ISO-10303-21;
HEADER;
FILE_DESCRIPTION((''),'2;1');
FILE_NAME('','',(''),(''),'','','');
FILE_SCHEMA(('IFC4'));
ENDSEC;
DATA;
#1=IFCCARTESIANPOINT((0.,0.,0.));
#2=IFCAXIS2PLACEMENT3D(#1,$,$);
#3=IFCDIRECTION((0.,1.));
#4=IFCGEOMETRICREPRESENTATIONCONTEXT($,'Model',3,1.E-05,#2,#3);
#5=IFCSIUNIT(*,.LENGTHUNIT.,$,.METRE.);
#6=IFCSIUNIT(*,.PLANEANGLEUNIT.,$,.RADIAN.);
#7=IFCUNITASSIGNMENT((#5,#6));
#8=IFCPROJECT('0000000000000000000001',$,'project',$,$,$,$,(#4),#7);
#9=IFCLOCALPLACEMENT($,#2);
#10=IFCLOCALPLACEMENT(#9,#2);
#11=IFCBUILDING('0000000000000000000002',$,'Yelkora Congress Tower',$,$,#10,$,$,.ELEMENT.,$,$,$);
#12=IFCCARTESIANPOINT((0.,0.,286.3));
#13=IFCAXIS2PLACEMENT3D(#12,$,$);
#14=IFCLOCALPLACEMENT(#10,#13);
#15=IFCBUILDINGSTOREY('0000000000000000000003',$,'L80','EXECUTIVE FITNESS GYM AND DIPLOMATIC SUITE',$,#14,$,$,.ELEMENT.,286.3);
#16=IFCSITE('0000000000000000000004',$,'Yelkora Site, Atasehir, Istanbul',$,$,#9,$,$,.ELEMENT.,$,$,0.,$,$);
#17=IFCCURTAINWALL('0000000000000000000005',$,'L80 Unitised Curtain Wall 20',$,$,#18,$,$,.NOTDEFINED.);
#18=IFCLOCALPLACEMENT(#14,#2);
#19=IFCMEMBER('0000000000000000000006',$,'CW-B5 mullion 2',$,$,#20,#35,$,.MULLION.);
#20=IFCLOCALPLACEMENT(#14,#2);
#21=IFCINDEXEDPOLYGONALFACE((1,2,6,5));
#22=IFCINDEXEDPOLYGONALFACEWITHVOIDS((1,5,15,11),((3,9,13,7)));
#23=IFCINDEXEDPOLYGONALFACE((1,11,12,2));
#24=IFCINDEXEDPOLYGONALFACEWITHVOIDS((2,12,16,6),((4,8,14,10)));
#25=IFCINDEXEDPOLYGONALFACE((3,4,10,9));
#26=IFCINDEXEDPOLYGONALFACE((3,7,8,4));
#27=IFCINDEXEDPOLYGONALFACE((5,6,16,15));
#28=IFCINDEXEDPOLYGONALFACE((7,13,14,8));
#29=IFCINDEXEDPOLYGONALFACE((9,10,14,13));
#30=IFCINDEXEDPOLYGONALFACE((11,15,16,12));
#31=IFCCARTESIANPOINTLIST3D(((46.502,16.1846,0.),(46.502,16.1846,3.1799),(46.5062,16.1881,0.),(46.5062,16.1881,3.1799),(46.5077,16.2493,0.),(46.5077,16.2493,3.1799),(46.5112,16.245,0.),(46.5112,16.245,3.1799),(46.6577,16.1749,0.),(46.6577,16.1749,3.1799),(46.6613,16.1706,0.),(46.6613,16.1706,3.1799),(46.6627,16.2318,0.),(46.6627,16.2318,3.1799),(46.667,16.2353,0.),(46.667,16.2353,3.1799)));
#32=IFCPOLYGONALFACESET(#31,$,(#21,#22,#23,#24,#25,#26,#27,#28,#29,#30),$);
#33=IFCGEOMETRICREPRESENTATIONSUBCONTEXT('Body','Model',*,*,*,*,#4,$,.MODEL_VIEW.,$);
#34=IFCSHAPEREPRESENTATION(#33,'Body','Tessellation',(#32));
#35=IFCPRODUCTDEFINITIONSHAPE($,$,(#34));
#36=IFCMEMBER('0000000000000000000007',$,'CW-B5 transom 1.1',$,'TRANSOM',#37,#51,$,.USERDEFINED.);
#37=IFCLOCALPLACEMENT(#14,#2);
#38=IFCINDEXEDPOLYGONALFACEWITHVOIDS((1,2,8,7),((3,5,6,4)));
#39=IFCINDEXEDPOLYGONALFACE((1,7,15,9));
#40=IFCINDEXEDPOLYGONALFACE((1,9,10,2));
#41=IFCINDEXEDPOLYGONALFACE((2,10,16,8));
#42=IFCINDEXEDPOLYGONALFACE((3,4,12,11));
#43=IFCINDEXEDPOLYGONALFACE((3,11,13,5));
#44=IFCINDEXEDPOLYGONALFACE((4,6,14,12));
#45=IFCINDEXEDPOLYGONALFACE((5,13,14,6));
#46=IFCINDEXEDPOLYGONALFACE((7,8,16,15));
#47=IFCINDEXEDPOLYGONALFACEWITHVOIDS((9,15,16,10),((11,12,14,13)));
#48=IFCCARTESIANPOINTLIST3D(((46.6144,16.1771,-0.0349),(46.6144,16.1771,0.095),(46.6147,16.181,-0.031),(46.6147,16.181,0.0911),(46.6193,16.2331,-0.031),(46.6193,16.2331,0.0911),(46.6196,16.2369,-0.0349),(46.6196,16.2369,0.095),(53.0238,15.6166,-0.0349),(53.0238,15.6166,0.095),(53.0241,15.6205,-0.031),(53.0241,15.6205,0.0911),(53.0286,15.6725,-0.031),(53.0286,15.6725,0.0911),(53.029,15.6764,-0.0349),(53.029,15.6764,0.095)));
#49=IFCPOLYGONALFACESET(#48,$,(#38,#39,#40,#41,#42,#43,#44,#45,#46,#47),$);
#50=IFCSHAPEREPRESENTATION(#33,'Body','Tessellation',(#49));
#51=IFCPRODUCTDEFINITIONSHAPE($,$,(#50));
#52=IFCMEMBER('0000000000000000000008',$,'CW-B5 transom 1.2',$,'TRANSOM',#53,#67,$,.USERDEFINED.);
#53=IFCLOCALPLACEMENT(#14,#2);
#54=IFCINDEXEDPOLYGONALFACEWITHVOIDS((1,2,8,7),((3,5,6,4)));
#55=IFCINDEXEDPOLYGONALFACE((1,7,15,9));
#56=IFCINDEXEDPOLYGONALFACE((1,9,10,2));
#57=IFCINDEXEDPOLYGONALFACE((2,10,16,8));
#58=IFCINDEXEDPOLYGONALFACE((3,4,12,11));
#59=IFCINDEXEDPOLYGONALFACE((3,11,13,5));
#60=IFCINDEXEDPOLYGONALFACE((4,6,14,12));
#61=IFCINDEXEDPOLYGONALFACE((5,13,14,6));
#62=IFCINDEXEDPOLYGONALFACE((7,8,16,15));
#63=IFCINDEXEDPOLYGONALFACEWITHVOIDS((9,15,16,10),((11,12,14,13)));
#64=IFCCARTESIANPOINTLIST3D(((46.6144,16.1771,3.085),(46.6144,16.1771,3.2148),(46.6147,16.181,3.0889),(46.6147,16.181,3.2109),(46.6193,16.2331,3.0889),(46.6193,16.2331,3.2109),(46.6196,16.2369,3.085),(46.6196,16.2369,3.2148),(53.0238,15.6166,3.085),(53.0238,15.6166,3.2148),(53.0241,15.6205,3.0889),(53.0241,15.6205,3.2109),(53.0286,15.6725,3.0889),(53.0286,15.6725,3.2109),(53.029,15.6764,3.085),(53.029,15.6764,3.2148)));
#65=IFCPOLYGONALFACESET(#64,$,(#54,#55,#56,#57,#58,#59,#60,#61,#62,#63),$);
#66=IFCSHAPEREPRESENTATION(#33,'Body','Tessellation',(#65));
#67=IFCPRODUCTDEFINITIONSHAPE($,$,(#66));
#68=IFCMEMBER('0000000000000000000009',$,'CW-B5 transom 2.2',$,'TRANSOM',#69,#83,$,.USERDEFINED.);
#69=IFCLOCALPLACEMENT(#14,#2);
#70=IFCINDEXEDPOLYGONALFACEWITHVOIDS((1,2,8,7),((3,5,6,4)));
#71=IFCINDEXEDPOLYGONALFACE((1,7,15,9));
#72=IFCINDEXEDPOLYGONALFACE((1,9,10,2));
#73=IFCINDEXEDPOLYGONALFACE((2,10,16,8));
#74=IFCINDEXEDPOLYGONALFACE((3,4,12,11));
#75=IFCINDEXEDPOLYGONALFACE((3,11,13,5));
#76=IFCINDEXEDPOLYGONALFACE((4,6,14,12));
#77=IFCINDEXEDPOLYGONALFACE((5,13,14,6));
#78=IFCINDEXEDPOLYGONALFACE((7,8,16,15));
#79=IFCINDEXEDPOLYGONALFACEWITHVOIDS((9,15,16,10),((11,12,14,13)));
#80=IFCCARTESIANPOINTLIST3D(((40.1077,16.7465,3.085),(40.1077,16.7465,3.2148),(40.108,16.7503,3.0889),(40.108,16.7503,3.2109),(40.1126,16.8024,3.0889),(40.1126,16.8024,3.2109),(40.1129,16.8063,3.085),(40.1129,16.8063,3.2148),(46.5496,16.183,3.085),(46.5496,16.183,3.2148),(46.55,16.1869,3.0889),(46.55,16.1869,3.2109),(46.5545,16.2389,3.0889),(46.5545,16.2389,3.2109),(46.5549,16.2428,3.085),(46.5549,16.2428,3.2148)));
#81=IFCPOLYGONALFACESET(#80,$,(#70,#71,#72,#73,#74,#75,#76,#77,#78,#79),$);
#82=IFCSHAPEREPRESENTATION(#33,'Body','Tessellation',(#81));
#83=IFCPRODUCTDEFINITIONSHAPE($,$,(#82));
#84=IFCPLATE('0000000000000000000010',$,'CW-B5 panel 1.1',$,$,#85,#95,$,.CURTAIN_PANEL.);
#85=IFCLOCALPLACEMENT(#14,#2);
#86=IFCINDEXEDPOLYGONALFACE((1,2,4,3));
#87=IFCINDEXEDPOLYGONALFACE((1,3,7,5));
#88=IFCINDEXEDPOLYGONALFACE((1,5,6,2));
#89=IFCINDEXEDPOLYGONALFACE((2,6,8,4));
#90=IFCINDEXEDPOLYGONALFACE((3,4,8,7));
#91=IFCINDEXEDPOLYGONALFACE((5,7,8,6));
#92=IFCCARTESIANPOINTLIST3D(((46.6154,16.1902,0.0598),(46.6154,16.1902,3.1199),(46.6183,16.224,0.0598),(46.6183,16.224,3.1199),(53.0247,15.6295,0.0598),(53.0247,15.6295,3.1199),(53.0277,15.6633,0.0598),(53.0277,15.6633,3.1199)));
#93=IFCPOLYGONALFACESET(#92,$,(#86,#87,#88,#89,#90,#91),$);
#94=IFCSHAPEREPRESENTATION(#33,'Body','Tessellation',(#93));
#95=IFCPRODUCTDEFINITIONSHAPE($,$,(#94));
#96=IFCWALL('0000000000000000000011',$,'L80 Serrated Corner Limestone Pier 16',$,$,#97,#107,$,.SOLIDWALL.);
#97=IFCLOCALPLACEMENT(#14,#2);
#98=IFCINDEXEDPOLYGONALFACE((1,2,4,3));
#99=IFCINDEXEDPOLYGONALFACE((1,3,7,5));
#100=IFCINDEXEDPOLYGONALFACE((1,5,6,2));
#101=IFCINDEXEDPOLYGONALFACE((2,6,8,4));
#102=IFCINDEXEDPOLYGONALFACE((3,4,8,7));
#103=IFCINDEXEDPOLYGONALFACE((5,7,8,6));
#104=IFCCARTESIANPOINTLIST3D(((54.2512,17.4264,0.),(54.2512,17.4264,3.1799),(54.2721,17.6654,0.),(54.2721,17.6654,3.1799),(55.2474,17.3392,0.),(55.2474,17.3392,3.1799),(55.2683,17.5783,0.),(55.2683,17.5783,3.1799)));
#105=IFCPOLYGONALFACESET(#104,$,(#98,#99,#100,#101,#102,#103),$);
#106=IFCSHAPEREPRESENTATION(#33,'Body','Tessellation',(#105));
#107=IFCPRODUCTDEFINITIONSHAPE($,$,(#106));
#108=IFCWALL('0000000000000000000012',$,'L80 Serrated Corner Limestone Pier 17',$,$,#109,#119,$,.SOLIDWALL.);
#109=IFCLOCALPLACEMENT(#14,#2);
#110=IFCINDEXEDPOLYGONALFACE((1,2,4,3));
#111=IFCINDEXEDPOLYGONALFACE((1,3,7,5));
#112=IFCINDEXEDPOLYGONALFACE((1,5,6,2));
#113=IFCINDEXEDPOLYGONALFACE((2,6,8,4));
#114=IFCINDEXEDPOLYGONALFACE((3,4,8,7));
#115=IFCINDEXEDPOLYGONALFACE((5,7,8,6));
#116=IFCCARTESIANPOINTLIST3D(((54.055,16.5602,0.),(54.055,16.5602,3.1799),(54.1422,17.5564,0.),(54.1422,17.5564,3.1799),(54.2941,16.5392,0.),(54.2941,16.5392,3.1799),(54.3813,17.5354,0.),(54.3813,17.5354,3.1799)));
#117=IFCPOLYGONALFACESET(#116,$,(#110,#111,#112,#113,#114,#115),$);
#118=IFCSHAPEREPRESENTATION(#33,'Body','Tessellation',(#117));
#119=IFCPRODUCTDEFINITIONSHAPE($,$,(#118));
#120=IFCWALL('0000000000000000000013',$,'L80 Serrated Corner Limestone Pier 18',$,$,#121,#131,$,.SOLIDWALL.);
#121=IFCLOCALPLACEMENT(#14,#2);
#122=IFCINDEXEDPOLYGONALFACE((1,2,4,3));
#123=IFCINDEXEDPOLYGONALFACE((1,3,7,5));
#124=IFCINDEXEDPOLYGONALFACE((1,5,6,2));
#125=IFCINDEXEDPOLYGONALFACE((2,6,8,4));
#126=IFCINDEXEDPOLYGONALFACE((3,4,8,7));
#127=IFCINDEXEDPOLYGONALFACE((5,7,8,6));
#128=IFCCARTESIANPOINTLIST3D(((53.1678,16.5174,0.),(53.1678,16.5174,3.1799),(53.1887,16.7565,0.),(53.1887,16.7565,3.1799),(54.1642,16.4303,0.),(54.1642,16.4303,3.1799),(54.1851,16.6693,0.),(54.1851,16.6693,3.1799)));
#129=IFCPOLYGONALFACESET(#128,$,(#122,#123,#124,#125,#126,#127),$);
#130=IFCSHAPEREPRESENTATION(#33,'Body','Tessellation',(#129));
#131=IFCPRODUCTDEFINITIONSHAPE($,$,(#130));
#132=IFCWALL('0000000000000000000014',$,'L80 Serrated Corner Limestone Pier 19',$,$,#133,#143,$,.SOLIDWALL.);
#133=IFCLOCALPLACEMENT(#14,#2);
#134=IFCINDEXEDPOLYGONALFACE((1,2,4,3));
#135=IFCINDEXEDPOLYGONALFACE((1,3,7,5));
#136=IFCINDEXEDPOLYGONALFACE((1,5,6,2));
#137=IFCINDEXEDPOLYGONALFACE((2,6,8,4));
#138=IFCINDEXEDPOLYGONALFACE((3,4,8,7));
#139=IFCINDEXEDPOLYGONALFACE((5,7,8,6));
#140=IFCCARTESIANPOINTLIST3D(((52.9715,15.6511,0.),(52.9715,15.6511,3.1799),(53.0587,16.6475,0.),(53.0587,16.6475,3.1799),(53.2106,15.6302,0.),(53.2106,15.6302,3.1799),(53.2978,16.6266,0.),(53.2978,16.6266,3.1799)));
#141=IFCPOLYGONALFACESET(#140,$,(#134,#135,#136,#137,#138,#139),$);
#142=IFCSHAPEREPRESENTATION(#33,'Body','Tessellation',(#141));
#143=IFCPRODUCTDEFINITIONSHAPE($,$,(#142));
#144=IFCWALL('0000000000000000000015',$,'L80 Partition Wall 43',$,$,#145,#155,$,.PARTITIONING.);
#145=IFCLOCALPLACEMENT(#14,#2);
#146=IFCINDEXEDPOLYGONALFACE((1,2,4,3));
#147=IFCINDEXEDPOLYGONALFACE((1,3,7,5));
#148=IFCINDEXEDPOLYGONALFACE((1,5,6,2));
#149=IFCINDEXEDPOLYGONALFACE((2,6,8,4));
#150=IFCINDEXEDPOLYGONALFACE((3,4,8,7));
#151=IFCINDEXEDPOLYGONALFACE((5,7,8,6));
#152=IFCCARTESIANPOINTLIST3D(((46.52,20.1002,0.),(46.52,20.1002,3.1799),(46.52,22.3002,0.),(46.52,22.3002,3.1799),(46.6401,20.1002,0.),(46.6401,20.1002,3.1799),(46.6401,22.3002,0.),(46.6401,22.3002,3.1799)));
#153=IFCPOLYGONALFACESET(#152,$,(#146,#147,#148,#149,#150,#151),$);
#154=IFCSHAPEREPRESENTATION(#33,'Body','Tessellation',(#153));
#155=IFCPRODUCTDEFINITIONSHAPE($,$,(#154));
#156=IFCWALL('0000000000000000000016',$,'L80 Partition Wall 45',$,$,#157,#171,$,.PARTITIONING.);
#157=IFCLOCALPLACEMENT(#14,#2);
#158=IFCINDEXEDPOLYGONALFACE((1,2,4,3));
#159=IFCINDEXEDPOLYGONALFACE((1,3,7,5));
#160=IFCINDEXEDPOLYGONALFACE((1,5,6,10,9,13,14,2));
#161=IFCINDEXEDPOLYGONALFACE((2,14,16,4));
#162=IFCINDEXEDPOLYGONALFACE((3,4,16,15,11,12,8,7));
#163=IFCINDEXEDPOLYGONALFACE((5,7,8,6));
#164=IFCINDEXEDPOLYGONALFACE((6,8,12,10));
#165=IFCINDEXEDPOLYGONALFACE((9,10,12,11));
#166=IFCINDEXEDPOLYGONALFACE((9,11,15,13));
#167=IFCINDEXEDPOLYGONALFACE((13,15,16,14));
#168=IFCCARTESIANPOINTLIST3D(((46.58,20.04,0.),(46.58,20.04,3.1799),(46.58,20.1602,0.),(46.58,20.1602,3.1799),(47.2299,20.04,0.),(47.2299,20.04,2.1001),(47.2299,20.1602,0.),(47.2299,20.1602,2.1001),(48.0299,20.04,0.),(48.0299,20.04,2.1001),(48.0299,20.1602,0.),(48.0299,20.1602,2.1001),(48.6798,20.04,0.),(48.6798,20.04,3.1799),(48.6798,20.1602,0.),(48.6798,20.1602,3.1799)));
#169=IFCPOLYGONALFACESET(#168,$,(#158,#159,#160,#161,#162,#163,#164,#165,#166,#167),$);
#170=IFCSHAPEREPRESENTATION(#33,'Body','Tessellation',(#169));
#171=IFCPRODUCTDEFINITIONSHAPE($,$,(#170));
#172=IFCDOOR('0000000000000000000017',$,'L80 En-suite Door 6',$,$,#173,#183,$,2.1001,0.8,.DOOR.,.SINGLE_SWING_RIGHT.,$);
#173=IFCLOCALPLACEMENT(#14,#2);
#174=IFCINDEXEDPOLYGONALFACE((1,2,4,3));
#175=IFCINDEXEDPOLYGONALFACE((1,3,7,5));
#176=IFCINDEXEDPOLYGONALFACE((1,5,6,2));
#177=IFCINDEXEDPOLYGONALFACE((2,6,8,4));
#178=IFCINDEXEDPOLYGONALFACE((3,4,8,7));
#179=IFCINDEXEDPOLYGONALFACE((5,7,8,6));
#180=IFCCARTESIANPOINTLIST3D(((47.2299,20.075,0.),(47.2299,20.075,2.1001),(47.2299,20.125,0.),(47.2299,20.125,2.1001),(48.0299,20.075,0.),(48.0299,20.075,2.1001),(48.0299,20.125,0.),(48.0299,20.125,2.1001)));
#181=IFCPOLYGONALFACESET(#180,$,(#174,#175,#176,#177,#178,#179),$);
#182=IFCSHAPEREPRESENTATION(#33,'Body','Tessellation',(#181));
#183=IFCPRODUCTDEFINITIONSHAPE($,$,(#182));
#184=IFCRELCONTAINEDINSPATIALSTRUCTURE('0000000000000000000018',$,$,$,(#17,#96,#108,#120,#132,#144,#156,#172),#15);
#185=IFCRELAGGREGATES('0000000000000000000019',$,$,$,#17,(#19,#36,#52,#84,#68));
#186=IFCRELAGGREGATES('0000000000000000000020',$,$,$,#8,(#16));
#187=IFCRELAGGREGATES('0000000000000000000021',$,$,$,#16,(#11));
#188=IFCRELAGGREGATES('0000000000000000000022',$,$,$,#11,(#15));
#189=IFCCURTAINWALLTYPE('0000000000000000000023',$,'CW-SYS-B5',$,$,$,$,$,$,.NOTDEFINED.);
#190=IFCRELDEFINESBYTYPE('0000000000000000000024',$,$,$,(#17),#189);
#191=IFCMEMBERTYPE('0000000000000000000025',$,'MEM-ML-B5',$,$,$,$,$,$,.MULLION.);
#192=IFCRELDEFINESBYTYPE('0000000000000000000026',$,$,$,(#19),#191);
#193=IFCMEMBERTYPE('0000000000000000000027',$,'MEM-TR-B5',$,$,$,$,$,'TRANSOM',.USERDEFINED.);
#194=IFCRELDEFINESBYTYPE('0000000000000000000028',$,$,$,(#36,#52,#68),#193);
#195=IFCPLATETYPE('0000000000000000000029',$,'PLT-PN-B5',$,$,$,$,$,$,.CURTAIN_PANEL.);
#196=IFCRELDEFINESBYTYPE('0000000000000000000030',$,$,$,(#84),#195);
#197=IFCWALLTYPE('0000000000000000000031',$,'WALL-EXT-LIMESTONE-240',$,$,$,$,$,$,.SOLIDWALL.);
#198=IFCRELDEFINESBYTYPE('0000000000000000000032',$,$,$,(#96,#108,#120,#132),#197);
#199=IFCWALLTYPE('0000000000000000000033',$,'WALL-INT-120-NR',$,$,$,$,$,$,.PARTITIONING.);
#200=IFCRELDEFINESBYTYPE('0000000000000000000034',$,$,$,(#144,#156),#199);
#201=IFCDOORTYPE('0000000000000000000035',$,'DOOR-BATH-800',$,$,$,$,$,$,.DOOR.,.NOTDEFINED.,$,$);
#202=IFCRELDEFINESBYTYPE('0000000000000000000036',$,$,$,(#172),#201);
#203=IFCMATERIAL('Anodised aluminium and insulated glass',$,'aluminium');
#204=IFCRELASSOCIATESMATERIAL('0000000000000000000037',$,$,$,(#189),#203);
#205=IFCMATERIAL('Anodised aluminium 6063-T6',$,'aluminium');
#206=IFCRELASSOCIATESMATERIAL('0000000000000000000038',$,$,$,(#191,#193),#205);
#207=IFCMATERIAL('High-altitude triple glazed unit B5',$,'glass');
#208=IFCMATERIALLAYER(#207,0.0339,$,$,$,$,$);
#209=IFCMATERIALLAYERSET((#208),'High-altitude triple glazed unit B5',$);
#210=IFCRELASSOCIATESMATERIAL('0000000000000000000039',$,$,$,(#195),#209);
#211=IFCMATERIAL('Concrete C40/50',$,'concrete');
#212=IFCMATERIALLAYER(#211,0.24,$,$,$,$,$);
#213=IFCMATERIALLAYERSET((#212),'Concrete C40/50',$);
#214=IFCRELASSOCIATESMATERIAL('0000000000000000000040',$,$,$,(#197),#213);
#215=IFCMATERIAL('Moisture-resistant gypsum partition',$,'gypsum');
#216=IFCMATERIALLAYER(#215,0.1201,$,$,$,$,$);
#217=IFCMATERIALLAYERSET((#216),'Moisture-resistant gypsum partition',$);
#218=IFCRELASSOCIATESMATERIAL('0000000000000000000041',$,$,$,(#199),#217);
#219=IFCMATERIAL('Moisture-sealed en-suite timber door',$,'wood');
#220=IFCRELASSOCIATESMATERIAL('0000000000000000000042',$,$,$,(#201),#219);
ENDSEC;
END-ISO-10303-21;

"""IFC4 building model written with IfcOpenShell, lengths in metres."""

from ifc_helpers import new_model, si_unit, direction, frame, frame_2d, origin, origin_2d, place, context, subcontext, project, spatial, rectangle, hollow_rectangle, extrude, material, layer, layer_set, material_profile, profile_set, type_object, element, fill, aggregate, save


model = new_model("IFC4")

# Units and contexts
model_context = context("Model", 3, precision=1e-05, world=origin(), true_north=direction((0.0, 1.0)))
body_context = subcontext(model_context, "Body", "Model", "MODEL_VIEW")
ifc_project = project(units=[si_unit("LENGTHUNIT", "METRE"), si_unit("PLANEANGLEUNIT", "RADIAN")], contexts=[model_context])

# Site, building, storey
site_placement = place(None, origin())
site = spatial("IfcSite", under=ifc_project, at=site_placement, Name="Yelkora Site, Atasehir, Istanbul", CompositionType="ELEMENT", RefElevation=0.0)
building_placement = place(site_placement, origin())
building = spatial("IfcBuilding", under=site, at=building_placement, Name="Yelkora Congress Tower", CompositionType="ELEMENT")
storey_placement = place(building_placement, frame((0.0, 0.0, 286.3)))
storey = spatial("IfcBuildingStorey", under=building, at=storey_placement, Name="L80", Description="EXECUTIVE FITNESS GYM AND DIPLOMATIC SUITE", CompositionType="ELEMENT", Elevation=286.3)

# Shared definitions
ifc_material_1 = material(Name="Anodised aluminium and insulated glass", Category="aluminium")
curtain_wall_type = type_object("IfcCurtainWallType", Name="CW-SYS-B5", PredefinedType="NOTDEFINED", material=ifc_material_1)
ifc_material_2 = material(Name="Anodised aluminium 6063-T6", Category="aluminium")
ifc_material_profile_1 = material_profile(ifc_material_2, hollow_rectangle(XDim=0.0649, YDim=0.1599, WallThickness=0.0039, at=origin_2d()), Name="ALU 65x160x4")
ifc_profile_set_1 = profile_set([ifc_material_profile_1], Name="Anodised aluminium 6063-T6")
member_type_1 = type_object("IfcMemberType", Name="MEM-ML-B5", PredefinedType="MULLION", material=ifc_profile_set_1)

# Curtain wall, members, plate
curtain_wall_1_placement = place(storey_placement, origin())
curtain_wall_1 = element("IfcCurtainWall", 1, at=curtain_wall_1_placement, inside=storey, type_object=curtain_wall_type, Name="L80 Unitised Curtain Wall 20", PredefinedType="NOTDEFINED")
member_1_placement = place(storey_placement, frame((46.5845, 16.21, 0.0), z_axis=(0.0, 0.0, 1.0), x_axis=(-0.087157, -0.996195, 0.0)))
member_1 = element("IfcMember", 2, at=member_1_placement, type_object=member_type_1, Name="CW-B5 mullion 2", PredefinedType="MULLION", context=body_context, shape_type="SweptSolid", body=[
    extrude(hollow_rectangle(XDim=0.0649, YDim=0.1599, WallThickness=0.0039, at=origin_2d()), origin(), (0.0, 0.0, 1.0), 3.1799),
])
ifc_material_profile_2 = material_profile(ifc_material_2, hollow_rectangle(XDim=0.0601, YDim=0.1299, WallThickness=0.0039, at=origin_2d()), Name="ALU 60x130x4")
ifc_profile_set_2 = profile_set([ifc_material_profile_2], Name="Anodised aluminium 6063-T6")
member_type_2 = type_object("IfcMemberType", Name="MEM-TR-B5", ElementType="TRANSOM", PredefinedType="USERDEFINED", material=ifc_profile_set_2)
member_2_placement = place(storey_placement, frame((53.0264, 15.6465, 0.03), z_axis=(-0.996197, 0.087124, 0.0), x_axis=(-0.087124, -0.996197, 0.0)))
member_2 = element("IfcMember", 3, at=member_2_placement, type_object=member_type_2, Name="CW-B5 transom 1.1", ObjectType="TRANSOM", PredefinedType="USERDEFINED", context=body_context, shape_type="SweptSolid", body=[
    extrude(hollow_rectangle(XDim=0.0601, YDim=0.1299, WallThickness=0.0039, at=origin_2d()), origin(), (0.0, 0.0, 1.0), 6.4338),
])
member_3_placement = place(storey_placement, frame((53.0264, 15.6465, 3.1499), z_axis=(-0.996197, 0.087124, 0.0), x_axis=(-0.087124, -0.996197, 0.0)))
member_3 = element("IfcMember", 4, at=member_3_placement, type_object=member_type_2, Name="CW-B5 transom 1.2", ObjectType="TRANSOM", PredefinedType="USERDEFINED", context=body_context, shape_type="SweptSolid", body=[
    extrude(hollow_rectangle(XDim=0.0601, YDim=0.1299, WallThickness=0.0039, at=origin_2d()), origin(), (0.0, 0.0, 1.0), 6.4338),
])
member_4_placement = place(storey_placement, frame((46.5522, 16.2129, 3.1499), z_axis=(-0.996196, 0.087138, 0.0), x_axis=(-0.087138, -0.996196, 0.0)))
member_4 = element("IfcMember", 5, at=member_4_placement, type_object=member_type_2, Name="CW-B5 transom 2.2", ObjectType="TRANSOM", PredefinedType="USERDEFINED", context=body_context, shape_type="SweptSolid", body=[
    extrude(hollow_rectangle(XDim=0.0601, YDim=0.1299, WallThickness=0.0039, at=origin_2d()), origin(), (0.0, 0.0, 1.0), 6.4666),
])
ifc_material_3 = material(Name="High-altitude triple glazed unit B5", Category="glass")
ifc_layer_1 = layer(ifc_material_3, 0.0339)
ifc_layer_set_1 = layer_set([ifc_layer_1], Name="High-altitude triple glazed unit B5")
plate_type = type_object("IfcPlateType", Name="PLT-PN-B5", PredefinedType="CURTAIN_PANEL", material=ifc_layer_set_1)
plate_placement = place(storey_placement, frame((49.8215, 15.9268, 0.0598), z_axis=(0.0, 0.0, 1.0), x_axis=(-0.996195, 0.087157, 0.0)))
plate = element("IfcPlate", 6, at=plate_placement, type_object=plate_type, Name="CW-B5 panel 1.1", PredefinedType="CURTAIN_PANEL", context=body_context, shape_type="SweptSolid", body=[
    extrude(rectangle(XDim=6.4338, YDim=0.0339, at=origin_2d()), origin(), (0.0, 0.0, 1.0), 3.0601),
])
aggregate(curtain_wall_1, [member_1, member_2, member_3, plate, member_4])

# Walls
ifc_material_4 = material(Name="Concrete C40/50", Category="concrete")
ifc_layer_2 = layer(ifc_material_4, 0.24)
ifc_layer_set_2 = layer_set([ifc_layer_2], Name="Concrete C40/50")
wall_type_1 = type_object("IfcWallType", Name="WALL-EXT-LIMESTONE-240", PredefinedType="SOLIDWALL", material=ifc_layer_set_2)
for number, where, z_axis, x_axis, name in (
    (7, (55.2578, 17.4587, 0.0), (0.0, 0.0, 1.0), (-0.996194, 0.087167, 0.0), "L80 Serrated Corner Limestone Pier 16"),
    (8, (54.2617, 17.5459, 0.0), (0.0, 0.0, 1.0), (-0.087167, -0.996194, 0.0), "L80 Serrated Corner Limestone Pier 17"),
):
    element("IfcWall", number, at=place(storey_placement, frame(where, z_axis=z_axis, x_axis=x_axis)), inside=storey, type_object=wall_type_1, Name=name, PredefinedType="SOLIDWALL", context=body_context, shape_type="SweptSolid", body=[
        extrude(rectangle(XDim=1.0, YDim=0.24, at=frame_2d((0.5, 0.0))), origin(), (0.0, 0.0, 1.0), 3.1799),
    ])
for number, where, z_axis, x_axis, name in (
    (9, (54.1746, 16.5498, 0.0), (0.0, 0.0, 1.0), (-0.996196, 0.087146, 0.0), "L80 Serrated Corner Limestone Pier 18"),
    (10, (53.1782, 16.637, 0.0), (0.0, 0.0, 1.0), (-0.087146, -0.996196, 0.0), "L80 Serrated Corner Limestone Pier 19"),
):
    element("IfcWall", number, at=place(storey_placement, frame(where, z_axis=z_axis, x_axis=x_axis)), inside=storey, type_object=wall_type_1, Name=name, PredefinedType="SOLIDWALL", context=body_context, shape_type="SweptSolid", body=[
        extrude(rectangle(XDim=1.0002, YDim=0.24, at=frame_2d((0.5, 0.0))), origin(), (0.0, 0.0, 1.0), 3.1799),
    ])
ifc_material_5 = material(Name="Moisture-resistant gypsum partition", Category="gypsum")
ifc_layer_3 = layer(ifc_material_5, 0.1201)
ifc_layer_set_3 = layer_set([ifc_layer_3], Name="Moisture-resistant gypsum partition")
wall_type_2 = type_object("IfcWallType", Name="WALL-INT-120-NR", PredefinedType="PARTITIONING", material=ifc_layer_set_3)
wall_1_placement = place(storey_placement, frame((46.5801, 20.1001, 0.0), z_axis=(0.0, 0.0, 1.0), x_axis=(0.0, 1.0, 0.0)))
element("IfcWall", 11, at=wall_1_placement, inside=storey, type_object=wall_type_2, Name="L80 Partition Wall 43", PredefinedType="PARTITIONING", context=body_context, shape_type="SweptSolid", body=[
    extrude(rectangle(XDim=2.2, YDim=0.1201, at=frame_2d((1.1001, 0.0))), origin(), (0.0, 0.0, 1.0), 3.1799),
])

# Wall, opening, door
wall_2_placement = place(storey_placement, frame((46.5801, 20.1001, 0.0), z_axis=(0.0, 0.0, 1.0), x_axis=(1.0, 0.0, 0.0)))
wall_2 = element("IfcWall", 12, at=wall_2_placement, inside=storey, type_object=wall_type_2, Name="L80 Partition Wall 45", PredefinedType="PARTITIONING", context=body_context, shape_type="SweptSolid", body=[
    extrude(rectangle(XDim=2.0999, YDim=0.1201, at=frame_2d((1.0498, 0.0))), origin(), (0.0, 0.0, 1.0), 3.1799),
])
opening_placement = place(wall_2_placement, frame((0.6499, 0.0, 0.0)))
opening = element("IfcOpeningElement", 13, at=opening_placement, cuts=wall_2, PredefinedType="OPENING", context=body_context, shape_type="SweptSolid", body=[
    extrude(rectangle(XDim=0.8, YDim=2.1001, at=frame_2d((0.3999, 1.05))), frame((0.0, 0.0701, 0.0), z_axis=(0.0, -1.0, 0.0), x_axis=(1.0, 0.0, 0.0)), (0.0, 0.0, 1.0), 0.1401),
])
ifc_material_6 = material(Name="Moisture-sealed en-suite timber door", Category="wood")
door_type = type_object("IfcDoorType", Name="DOOR-BATH-800", OperationType="NOTDEFINED", PredefinedType="DOOR", material=ifc_material_6)
door_placement = place(opening_placement, origin())
door = element("IfcDoor", 14, at=door_placement, inside=storey, type_object=door_type, Name="L80 En-suite Door 6", OperationType="SINGLE_SWING_RIGHT", OverallHeight=2.1001, OverallWidth=0.8, PredefinedType="DOOR", context=body_context, shape_type="SweptSolid", body=[
    extrude(rectangle(XDim=0.8, YDim=2.1001, at=frame_2d((0.3999, 1.05))), frame((0.0, 0.0249, 0.0), z_axis=(0.0, -1.0, 0.0), x_axis=(1.0, 0.0, 0.0)), (0.0, 0.0, 1.0), 0.05),
])
fill(opening, door)

save(model, "model.ifc")
